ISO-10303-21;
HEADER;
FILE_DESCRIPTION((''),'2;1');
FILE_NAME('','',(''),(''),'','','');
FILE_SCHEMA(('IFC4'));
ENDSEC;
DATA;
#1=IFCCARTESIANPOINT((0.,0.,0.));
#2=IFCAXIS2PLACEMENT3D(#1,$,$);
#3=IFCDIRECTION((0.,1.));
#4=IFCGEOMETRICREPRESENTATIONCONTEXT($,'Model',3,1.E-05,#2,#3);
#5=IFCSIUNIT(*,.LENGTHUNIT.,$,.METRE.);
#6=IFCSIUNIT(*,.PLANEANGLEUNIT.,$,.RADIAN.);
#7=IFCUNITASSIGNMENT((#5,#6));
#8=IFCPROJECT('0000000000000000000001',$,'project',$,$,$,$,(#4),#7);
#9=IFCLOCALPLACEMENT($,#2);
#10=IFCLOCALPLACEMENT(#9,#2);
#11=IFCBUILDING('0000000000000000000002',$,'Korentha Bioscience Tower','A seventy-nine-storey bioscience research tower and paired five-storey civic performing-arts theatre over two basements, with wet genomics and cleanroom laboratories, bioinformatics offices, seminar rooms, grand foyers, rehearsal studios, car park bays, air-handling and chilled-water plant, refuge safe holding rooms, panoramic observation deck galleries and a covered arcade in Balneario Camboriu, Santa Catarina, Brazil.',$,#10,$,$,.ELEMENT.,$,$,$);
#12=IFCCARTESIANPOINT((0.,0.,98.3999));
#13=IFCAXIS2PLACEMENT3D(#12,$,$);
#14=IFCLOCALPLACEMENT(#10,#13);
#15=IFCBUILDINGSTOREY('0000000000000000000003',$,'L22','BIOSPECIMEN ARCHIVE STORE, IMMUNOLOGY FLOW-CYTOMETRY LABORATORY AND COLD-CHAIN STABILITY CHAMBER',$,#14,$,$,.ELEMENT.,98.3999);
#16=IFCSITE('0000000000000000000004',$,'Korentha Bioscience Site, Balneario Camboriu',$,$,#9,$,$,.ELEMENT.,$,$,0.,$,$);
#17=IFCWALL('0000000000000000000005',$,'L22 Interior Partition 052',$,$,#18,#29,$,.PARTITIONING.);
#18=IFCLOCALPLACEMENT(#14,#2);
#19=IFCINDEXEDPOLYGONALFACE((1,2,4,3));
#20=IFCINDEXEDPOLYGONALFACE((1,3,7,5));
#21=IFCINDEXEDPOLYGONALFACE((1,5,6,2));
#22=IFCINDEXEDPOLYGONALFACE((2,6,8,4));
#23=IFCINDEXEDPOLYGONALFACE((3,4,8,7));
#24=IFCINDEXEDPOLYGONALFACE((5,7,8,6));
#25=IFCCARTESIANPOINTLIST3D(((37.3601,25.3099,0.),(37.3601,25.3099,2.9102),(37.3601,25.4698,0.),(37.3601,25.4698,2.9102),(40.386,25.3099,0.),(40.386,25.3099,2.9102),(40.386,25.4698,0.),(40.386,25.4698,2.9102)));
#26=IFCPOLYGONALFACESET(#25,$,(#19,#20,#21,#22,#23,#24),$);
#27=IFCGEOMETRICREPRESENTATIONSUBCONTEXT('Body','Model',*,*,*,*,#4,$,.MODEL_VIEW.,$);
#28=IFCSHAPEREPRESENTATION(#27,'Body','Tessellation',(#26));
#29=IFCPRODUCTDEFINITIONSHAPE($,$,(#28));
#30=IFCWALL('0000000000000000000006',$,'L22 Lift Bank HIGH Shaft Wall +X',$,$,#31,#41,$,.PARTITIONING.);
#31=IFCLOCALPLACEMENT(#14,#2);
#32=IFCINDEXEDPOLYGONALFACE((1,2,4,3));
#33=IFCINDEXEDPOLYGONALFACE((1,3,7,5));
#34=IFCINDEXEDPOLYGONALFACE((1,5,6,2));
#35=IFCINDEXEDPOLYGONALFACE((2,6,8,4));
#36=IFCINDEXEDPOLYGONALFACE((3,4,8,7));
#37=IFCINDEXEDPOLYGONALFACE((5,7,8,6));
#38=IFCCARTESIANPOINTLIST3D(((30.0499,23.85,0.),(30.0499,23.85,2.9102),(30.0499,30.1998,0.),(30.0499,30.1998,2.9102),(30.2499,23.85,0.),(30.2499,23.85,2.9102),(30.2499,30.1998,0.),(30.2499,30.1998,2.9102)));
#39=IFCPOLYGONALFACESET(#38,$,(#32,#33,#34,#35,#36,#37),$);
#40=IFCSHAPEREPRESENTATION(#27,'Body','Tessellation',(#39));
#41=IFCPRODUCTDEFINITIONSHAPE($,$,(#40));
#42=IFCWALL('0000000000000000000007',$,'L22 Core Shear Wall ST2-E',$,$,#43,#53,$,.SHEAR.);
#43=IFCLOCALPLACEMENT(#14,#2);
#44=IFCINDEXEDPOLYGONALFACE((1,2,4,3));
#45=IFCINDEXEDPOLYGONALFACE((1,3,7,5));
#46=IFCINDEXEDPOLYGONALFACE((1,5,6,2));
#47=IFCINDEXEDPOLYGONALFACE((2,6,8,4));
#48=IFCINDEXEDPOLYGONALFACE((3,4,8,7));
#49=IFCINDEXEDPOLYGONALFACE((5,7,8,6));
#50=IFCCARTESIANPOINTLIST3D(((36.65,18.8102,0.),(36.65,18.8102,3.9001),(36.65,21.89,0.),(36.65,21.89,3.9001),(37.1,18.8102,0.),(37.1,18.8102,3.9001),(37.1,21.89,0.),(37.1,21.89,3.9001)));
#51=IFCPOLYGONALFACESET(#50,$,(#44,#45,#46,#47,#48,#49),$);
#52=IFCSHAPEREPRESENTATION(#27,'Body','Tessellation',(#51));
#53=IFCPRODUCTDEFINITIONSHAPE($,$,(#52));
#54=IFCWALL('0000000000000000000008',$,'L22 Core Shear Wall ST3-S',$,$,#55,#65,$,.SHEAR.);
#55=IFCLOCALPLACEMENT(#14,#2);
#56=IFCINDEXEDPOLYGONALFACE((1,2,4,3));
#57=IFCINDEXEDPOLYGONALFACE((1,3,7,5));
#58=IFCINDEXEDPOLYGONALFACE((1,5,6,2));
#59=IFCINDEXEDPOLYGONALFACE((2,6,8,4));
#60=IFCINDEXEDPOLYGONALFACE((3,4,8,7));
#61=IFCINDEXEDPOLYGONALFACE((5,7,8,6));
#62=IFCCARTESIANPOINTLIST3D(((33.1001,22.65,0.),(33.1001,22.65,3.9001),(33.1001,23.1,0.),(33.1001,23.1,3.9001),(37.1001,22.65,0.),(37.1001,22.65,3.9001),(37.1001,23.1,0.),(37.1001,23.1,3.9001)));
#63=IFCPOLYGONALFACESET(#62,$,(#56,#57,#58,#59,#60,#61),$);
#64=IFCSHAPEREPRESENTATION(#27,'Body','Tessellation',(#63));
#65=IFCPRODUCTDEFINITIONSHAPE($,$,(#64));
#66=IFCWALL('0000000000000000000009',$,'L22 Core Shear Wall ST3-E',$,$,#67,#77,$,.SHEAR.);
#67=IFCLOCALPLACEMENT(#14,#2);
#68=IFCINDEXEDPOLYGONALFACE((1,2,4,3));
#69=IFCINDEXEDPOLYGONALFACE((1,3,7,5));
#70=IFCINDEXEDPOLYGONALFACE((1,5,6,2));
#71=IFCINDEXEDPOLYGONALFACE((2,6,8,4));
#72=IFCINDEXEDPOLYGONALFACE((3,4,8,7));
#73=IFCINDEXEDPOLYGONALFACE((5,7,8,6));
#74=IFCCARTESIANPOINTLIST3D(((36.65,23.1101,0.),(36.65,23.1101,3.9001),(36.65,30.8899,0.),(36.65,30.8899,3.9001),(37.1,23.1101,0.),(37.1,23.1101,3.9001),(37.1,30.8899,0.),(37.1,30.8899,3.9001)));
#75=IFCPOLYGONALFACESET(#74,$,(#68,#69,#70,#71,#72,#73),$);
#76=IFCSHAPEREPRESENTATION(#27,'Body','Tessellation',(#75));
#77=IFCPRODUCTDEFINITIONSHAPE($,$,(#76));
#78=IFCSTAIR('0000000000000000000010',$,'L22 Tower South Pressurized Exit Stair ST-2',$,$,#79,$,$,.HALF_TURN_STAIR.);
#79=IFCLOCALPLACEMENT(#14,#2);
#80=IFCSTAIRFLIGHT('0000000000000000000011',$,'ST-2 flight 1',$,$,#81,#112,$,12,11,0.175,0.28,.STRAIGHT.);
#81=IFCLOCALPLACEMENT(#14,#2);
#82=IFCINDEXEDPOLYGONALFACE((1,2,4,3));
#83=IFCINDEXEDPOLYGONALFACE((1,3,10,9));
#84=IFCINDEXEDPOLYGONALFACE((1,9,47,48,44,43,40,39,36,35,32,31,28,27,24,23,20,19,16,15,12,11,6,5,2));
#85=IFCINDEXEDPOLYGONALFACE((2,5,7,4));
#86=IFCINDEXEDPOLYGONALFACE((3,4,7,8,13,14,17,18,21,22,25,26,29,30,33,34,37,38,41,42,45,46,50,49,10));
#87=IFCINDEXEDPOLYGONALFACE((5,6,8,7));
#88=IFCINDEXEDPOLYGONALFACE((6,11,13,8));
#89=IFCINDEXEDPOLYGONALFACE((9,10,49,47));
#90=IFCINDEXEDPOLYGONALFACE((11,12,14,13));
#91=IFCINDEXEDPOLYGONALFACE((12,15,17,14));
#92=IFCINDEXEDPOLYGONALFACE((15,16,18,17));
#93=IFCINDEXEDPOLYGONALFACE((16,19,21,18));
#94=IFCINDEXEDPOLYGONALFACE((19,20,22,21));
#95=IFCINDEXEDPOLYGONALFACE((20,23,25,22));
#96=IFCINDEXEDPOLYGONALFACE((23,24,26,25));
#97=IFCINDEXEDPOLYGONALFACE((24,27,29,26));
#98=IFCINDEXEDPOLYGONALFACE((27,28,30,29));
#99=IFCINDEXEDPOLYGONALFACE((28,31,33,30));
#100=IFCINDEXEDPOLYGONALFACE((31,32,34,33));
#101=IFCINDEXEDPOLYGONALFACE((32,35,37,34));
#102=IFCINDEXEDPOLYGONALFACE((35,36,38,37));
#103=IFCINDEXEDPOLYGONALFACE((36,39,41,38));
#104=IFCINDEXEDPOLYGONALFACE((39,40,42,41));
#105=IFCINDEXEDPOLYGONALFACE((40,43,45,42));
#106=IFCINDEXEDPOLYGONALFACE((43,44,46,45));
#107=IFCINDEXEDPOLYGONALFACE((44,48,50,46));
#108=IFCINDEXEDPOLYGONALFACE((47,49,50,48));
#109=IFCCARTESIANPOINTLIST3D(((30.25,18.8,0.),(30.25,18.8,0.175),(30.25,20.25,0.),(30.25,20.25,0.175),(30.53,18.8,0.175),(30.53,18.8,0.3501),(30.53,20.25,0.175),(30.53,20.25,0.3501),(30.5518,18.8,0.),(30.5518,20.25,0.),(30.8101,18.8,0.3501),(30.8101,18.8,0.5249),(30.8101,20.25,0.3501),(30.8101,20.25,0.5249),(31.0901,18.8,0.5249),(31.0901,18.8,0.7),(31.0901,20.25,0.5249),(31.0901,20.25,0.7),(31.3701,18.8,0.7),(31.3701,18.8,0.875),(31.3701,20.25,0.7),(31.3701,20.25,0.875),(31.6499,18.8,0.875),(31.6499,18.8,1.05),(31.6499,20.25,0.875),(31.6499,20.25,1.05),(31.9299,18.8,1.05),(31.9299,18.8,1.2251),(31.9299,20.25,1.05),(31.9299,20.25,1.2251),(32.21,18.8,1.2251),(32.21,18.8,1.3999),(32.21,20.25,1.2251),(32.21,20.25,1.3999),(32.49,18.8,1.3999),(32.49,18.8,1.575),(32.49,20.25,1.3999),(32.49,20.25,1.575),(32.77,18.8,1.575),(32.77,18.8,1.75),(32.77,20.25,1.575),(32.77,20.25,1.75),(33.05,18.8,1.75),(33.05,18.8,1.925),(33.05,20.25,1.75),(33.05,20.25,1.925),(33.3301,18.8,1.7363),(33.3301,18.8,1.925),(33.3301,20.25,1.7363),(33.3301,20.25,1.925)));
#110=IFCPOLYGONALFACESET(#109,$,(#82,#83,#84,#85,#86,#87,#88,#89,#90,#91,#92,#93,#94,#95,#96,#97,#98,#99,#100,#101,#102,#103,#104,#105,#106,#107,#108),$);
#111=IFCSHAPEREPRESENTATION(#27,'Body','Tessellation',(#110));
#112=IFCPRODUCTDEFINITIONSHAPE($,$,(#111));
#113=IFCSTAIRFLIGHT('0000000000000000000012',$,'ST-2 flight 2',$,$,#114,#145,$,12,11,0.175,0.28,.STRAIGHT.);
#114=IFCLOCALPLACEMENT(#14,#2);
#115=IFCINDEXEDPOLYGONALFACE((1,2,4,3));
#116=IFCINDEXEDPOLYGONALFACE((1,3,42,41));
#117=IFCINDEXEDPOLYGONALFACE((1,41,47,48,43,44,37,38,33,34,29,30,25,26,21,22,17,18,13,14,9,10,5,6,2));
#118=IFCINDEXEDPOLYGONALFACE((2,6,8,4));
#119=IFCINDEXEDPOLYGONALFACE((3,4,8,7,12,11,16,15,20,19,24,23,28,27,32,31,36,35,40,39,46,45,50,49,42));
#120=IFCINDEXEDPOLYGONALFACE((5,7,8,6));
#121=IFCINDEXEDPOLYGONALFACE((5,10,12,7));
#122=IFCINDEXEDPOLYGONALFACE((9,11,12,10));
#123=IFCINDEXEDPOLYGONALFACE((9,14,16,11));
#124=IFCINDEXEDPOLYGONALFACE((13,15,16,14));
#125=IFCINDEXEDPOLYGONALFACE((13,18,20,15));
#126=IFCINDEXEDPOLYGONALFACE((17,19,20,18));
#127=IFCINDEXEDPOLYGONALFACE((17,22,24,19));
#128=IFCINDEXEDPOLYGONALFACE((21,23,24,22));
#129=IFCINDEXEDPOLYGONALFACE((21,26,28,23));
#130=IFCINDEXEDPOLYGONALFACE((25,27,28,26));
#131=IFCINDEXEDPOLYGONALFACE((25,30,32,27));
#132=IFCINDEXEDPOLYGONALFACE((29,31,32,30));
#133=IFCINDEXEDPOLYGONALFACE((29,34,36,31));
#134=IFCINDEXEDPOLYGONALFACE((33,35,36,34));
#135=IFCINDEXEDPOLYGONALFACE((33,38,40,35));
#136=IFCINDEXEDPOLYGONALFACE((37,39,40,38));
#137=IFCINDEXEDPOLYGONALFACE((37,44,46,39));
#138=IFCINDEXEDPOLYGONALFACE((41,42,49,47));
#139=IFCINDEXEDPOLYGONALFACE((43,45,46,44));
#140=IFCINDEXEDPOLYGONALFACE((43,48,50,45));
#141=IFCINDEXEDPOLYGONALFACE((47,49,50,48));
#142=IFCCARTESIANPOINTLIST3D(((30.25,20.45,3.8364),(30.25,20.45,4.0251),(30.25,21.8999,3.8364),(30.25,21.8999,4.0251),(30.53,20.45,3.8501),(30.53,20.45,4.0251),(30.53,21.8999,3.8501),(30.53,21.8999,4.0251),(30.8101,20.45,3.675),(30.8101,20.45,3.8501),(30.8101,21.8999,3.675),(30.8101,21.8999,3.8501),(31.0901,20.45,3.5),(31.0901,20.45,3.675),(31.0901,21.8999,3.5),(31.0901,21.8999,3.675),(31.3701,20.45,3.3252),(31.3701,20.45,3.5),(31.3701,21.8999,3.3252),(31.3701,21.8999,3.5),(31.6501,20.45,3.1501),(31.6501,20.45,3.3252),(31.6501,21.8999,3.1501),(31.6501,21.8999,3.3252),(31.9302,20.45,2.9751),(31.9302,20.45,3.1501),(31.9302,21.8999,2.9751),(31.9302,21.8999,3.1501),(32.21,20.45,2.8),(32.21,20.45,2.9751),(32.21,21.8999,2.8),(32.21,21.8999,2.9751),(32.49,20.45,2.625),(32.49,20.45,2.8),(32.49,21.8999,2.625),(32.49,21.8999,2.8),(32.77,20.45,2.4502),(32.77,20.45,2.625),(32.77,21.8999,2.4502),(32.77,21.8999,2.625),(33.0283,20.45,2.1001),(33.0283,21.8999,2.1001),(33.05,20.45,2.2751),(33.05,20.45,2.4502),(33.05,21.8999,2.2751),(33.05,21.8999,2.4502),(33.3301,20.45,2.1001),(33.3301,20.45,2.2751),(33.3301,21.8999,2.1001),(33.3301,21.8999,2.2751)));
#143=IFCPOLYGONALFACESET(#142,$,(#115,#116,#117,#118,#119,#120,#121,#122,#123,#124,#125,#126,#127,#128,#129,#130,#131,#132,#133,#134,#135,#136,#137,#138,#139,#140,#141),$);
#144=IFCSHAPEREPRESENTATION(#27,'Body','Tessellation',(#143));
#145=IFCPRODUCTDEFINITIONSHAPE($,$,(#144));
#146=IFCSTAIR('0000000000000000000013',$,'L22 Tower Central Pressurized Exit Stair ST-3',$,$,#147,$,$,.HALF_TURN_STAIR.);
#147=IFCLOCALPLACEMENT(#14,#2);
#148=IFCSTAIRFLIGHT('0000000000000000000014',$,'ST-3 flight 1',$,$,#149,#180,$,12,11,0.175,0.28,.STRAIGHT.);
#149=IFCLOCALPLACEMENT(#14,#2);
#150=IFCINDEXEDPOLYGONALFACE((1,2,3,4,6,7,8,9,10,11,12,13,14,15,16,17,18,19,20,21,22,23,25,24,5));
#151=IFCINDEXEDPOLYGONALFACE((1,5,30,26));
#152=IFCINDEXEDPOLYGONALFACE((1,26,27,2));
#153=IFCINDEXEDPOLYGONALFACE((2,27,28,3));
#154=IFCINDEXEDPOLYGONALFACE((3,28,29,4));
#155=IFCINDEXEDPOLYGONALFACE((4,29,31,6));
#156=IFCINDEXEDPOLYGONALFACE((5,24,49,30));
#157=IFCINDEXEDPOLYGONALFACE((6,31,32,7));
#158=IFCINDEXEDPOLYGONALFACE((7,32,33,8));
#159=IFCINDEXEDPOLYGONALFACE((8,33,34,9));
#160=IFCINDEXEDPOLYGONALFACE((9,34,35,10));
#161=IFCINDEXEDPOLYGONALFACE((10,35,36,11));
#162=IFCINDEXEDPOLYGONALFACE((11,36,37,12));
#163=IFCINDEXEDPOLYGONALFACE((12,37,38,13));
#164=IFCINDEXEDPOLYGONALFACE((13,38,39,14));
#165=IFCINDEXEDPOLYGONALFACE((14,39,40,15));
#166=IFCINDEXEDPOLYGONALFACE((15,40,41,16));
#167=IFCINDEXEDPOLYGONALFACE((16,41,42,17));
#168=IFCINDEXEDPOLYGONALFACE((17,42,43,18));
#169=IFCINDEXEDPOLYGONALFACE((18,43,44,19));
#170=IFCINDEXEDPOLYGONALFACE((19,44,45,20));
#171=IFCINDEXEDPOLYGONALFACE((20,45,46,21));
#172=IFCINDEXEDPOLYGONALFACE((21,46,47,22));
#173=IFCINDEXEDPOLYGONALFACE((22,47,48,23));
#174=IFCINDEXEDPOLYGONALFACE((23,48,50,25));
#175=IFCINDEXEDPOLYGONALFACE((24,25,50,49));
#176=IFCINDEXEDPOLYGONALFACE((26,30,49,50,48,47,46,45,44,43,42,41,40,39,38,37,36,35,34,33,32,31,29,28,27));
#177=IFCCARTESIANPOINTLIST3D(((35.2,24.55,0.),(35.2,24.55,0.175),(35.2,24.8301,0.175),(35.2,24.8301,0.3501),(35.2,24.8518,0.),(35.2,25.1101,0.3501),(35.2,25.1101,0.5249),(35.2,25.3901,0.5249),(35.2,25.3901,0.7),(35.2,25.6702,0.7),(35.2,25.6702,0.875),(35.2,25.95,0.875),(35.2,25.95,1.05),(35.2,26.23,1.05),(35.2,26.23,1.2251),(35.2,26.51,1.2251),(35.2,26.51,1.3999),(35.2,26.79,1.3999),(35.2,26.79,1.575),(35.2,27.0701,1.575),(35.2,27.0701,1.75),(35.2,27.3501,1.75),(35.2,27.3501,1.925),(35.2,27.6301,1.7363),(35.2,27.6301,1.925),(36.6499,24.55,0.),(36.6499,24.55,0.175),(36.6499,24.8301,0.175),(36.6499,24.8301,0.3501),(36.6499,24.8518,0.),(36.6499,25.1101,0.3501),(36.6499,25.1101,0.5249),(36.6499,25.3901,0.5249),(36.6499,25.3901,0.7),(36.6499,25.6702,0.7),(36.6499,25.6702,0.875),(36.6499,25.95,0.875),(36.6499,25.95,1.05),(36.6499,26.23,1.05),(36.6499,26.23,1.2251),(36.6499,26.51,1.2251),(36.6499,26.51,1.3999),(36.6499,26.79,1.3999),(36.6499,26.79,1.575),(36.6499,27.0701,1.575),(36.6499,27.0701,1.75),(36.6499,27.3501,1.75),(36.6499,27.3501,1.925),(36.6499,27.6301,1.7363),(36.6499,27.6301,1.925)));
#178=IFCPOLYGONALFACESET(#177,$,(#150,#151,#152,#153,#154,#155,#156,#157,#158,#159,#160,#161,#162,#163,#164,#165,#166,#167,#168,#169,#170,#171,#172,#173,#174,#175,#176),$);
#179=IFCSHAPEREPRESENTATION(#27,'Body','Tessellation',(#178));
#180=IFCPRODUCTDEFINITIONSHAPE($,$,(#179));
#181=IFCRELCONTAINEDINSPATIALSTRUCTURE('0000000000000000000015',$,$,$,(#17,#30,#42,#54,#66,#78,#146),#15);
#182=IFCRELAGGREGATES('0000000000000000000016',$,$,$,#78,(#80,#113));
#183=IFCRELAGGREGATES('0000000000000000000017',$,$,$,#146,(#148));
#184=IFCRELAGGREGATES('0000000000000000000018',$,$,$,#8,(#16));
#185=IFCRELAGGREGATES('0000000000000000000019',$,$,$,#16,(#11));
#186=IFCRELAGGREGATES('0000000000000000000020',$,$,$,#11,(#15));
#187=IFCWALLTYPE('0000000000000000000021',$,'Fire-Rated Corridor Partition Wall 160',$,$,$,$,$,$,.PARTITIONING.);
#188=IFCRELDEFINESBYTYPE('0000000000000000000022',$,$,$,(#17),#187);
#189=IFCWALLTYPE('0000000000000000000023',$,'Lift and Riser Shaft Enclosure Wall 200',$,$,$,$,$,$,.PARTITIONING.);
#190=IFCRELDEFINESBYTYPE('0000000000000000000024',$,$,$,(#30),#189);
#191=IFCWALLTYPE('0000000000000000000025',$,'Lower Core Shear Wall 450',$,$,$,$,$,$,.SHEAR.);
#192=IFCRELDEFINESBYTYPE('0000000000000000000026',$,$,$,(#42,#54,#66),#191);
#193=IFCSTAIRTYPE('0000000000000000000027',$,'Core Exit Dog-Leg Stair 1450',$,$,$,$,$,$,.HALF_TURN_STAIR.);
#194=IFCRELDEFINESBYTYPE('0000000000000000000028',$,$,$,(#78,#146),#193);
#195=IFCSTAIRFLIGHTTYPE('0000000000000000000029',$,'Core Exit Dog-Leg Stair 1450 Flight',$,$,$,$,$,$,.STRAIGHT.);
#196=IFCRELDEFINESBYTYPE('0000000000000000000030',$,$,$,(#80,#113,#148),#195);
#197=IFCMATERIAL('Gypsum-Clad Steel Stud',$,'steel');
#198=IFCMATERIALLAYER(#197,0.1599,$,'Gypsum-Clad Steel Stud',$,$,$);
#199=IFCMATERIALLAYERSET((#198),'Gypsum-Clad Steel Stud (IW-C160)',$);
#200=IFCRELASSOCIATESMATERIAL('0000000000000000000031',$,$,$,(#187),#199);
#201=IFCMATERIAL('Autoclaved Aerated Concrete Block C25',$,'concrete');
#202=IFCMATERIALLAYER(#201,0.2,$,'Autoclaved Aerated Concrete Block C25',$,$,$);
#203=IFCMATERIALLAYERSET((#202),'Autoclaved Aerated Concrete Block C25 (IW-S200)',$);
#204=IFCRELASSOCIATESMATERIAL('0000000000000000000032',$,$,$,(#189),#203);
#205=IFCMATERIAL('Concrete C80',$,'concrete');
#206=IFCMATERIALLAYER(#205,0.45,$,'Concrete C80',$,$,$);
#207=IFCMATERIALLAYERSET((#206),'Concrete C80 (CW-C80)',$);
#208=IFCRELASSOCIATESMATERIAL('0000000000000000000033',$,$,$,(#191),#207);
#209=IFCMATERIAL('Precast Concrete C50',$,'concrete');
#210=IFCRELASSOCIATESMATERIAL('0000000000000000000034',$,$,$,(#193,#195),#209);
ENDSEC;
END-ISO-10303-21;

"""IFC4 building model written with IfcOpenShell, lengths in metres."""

from ifc_helpers import new_model, si_unit, direction, frame, frame_2d, origin, place, context, subcontext, project, spatial, polyline, rectangle, outline, extrude, material, layer, layer_set, type_object, element, aggregate, save


model = new_model("IFC4")

# Units and contexts
model_context = context("Model", 3, precision=1e-05, world=origin(), true_north=direction((0.0, 1.0)))
body_context = subcontext(model_context, "Body", "Model", "MODEL_VIEW")
ifc_project = project(units=[si_unit("LENGTHUNIT", "METRE"), si_unit("PLANEANGLEUNIT", "RADIAN")], contexts=[model_context])

# Site, building, storey
site_placement = place(None, origin())
site = spatial("IfcSite", under=ifc_project, at=site_placement, Name="Korentha Bioscience Site, Balneario Camboriu", CompositionType="ELEMENT", RefElevation=0.0)
building_placement = place(site_placement, origin())
building = spatial("IfcBuilding", under=site, at=building_placement, Name="Korentha Bioscience Tower", Description="A seventy-nine-storey bioscience research tower and paired five-storey civic performing-arts theatre over two basements, with wet genomics and cleanroom laboratories, bioinformatics offices, seminar rooms, grand foyers, rehearsal studios, car park bays, air-handling and chilled-water plant, refuge safe holding rooms, panoramic observation deck galleries and a covered arcade in Balneario Camboriu, Santa Catarina, Brazil.", CompositionType="ELEMENT")
storey_placement = place(building_placement, frame((0.0, 0.0, 98.3999)))
storey = spatial("IfcBuildingStorey", under=building, at=storey_placement, Name="L22", Description="BIOSPECIMEN ARCHIVE STORE, IMMUNOLOGY FLOW-CYTOMETRY LABORATORY AND COLD-CHAIN STABILITY CHAMBER", CompositionType="ELEMENT", Elevation=98.3999)

# Walls
ifc_material_1 = material(Name="Gypsum-Clad Steel Stud", Category="steel")
ifc_layer_1 = layer(ifc_material_1, 0.1599, Name="Gypsum-Clad Steel Stud")
ifc_layer_set_1 = layer_set([ifc_layer_1], Name="Gypsum-Clad Steel Stud (IW-C160)")
wall_type_1 = type_object("IfcWallType", Name="Fire-Rated Corridor Partition Wall 160", PredefinedType="PARTITIONING", material=ifc_layer_set_1)
wall_1_placement = place(storey_placement, frame((37.3601, 25.3899, 0.0), z_axis=(0.0, 0.0, 1.0), x_axis=(1.0, 0.0, 0.0)))
element("IfcWall", 1, at=wall_1_placement, inside=storey, type_object=wall_type_1, Name="L22 Interior Partition 052", PredefinedType="PARTITIONING", context=body_context, shape_type="SweptSolid", body=[
    extrude(rectangle(XDim=3.0259, YDim=0.1599, at=frame_2d((1.5129, 0.0))), origin(), (0.0, 0.0, 1.0), 2.9102),
])
ifc_material_2 = material(Name="Autoclaved Aerated Concrete Block C25", Category="concrete")
ifc_layer_2 = layer(ifc_material_2, 0.2, Name="Autoclaved Aerated Concrete Block C25")
ifc_layer_set_2 = layer_set([ifc_layer_2], Name="Autoclaved Aerated Concrete Block C25 (IW-S200)")
wall_type_2 = type_object("IfcWallType", Name="Lift and Riser Shaft Enclosure Wall 200", PredefinedType="PARTITIONING", material=ifc_layer_set_2)
wall_2_placement = place(storey_placement, frame((30.1499, 23.8501, 0.0), z_axis=(0.0, 0.0, 1.0), x_axis=(0.0, 1.0, 0.0)))
element("IfcWall", 2, at=wall_2_placement, inside=storey, type_object=wall_type_2, Name="L22 Lift Bank HIGH Shaft Wall +X", PredefinedType="PARTITIONING", context=body_context, shape_type="SweptSolid", body=[
    extrude(rectangle(XDim=6.3499, YDim=0.2, at=frame_2d((3.1748, 0.0))), origin(), (0.0, 0.0, 1.0), 2.9102),
])
ifc_material_3 = material(Name="Concrete C80", Category="concrete")
ifc_layer_3 = layer(ifc_material_3, 0.45, Name="Concrete C80")
ifc_layer_set_3 = layer_set([ifc_layer_3], Name="Concrete C80 (CW-C80)")
wall_type_3 = type_object("IfcWallType", Name="Lower Core Shear Wall 450", PredefinedType="SHEAR", material=ifc_layer_set_3)
wall_3_placement = place(storey_placement, frame((36.875, 18.8101, 0.0), z_axis=(0.0, 0.0, 1.0), x_axis=(0.0, 1.0, 0.0)))
element("IfcWall", 3, at=wall_3_placement, inside=storey, type_object=wall_type_3, Name="L22 Core Shear Wall ST2-E", PredefinedType="SHEAR", context=body_context, shape_type="SweptSolid", body=[
    extrude(rectangle(XDim=3.0798, YDim=0.45, at=frame_2d((1.54, 0.0))), origin(), (0.0, 0.0, 1.0), 3.9001),
])
wall_4_placement = place(storey_placement, frame((33.1001, 22.875, 0.0), z_axis=(0.0, 0.0, 1.0), x_axis=(1.0, 0.0, 0.0)))
element("IfcWall", 4, at=wall_4_placement, inside=storey, type_object=wall_type_3, Name="L22 Core Shear Wall ST3-S", PredefinedType="SHEAR", context=body_context, shape_type="SweptSolid", body=[
    extrude(rectangle(XDim=4.0, YDim=0.45, at=frame_2d((2.0, 0.0))), origin(), (0.0, 0.0, 1.0), 3.9001),
])
wall_5_placement = place(storey_placement, frame((36.875, 23.1101, 0.0), z_axis=(0.0, 0.0, 1.0), x_axis=(0.0, 1.0, 0.0)))
element("IfcWall", 5, at=wall_5_placement, inside=storey, type_object=wall_type_3, Name="L22 Core Shear Wall ST3-E", PredefinedType="SHEAR", context=body_context, shape_type="SweptSolid", body=[
    extrude(rectangle(XDim=7.7798, YDim=0.45, at=frame_2d((3.8899, 0.0))), origin(), (0.0, 0.0, 1.0), 3.9001),
])

# Stair, stair flights
ifc_material_4 = material(Name="Precast Concrete C50", Category="concrete")
stair_type = type_object("IfcStairType", Name="Core Exit Dog-Leg Stair 1450", PredefinedType="HALF_TURN_STAIR", material=ifc_material_4)
stair_1_placement = place(storey_placement, origin())
stair_1 = element("IfcStair", 6, at=stair_1_placement, inside=storey, type_object=stair_type, Name="L22 Tower South Pressurized Exit Stair ST-2", PredefinedType="HALF_TURN_STAIR")
stair_flight_type = type_object("IfcStairFlightType", Name="Core Exit Dog-Leg Stair 1450 Flight", PredefinedType="STRAIGHT", material=ifc_material_4)
stair_flight_1_placement = place(storey_placement, frame((30.25, 19.5249, 0.0), z_axis=(0.0, 0.0, 1.0), x_axis=(1.0, 0.0, 0.0)))
stair_flight_1 = element("IfcStairFlight", 7, at=stair_flight_1_placement, type_object=stair_flight_type, Name="ST-2 flight 1", NumberOfRisers=12, NumberOfTreads=11, PredefinedType="STRAIGHT", RiserHeight=0.175, TreadLength=0.28, context=body_context, shape_type="SweptSolid", body=[
    extrude(outline(polyline([(0.0, 0.0), (0.0, 0.175), (0.28, 0.175), (0.28, 0.3501), (0.5601, 0.3501), (0.5601, 0.5249), (0.8401, 0.5249), (0.8401, 0.7), (1.1201, 0.7), (1.1201, 0.875), (1.3999, 0.875), (1.3999, 1.05), (1.6799, 1.05), (1.6799, 1.2251), (1.96, 1.2251), (1.96, 1.3999), (2.24, 1.3999), (2.24, 1.575), (2.52, 1.575), (2.52, 1.75), (2.8, 1.75), (2.8, 1.925), (3.0801, 1.925), (3.0801, 2.1001), (3.0801, 1.7363), (0.3018, 0.0), (0.0, 0.0)])), frame((0.0, 0.7251, 0.0), z_axis=(0.0, -1.0, 0.0), x_axis=(1.0, 0.0, 0.0)), (0.0, 0.0, 1.0), 1.45),
])
stair_flight_2_placement = place(storey_placement, frame((33.3301, 21.175, 2.1001), z_axis=(0.0, 0.0, 1.0), x_axis=(-1.0, 0.0, 0.0)))
stair_flight_2 = element("IfcStairFlight", 8, at=stair_flight_2_placement, type_object=stair_flight_type, Name="ST-2 flight 2", NumberOfRisers=12, NumberOfTreads=11, PredefinedType="STRAIGHT", RiserHeight=0.175, TreadLength=0.28, context=body_context, shape_type="SweptSolid", body=[
    extrude(outline(polyline([(0.0, 0.0), (0.0, 0.175), (0.28, 0.175), (0.28, 0.3501), (0.5601, 0.3501), (0.5601, 0.5249), (0.8401, 0.5249), (0.8401, 0.7), (1.1201, 0.7), (1.1201, 0.875), (1.3999, 0.875), (1.3999, 1.05), (1.6799, 1.05), (1.6799, 1.2251), (1.96, 1.2251), (1.96, 1.3999), (2.24, 1.3999), (2.24, 1.575), (2.52, 1.575), (2.52, 1.75), (2.8, 1.75), (2.8, 1.925), (3.0801, 1.925), (3.0801, 2.1001), (3.0801, 1.7363), (0.3018, 0.0), (0.0, 0.0)])), frame((0.0, 0.7251, 0.0), z_axis=(0.0, -1.0, 0.0), x_axis=(1.0, 0.0, 0.0)), (0.0, 0.0, 1.0), 1.45),
])
aggregate(stair_1, [stair_flight_1, stair_flight_2])

# Stair, stair flight
stair_2_placement = place(storey_placement, origin())
stair_2 = element("IfcStair", 9, at=stair_2_placement, inside=storey, type_object=stair_type, Name="L22 Tower Central Pressurized Exit Stair ST-3", PredefinedType="HALF_TURN_STAIR")
stair_flight_3_placement = place(storey_placement, frame((35.925, 24.55, 0.0), z_axis=(0.0, 0.0, 1.0), x_axis=(0.0, 1.0, 0.0)))
stair_flight_3 = element("IfcStairFlight", 10, at=stair_flight_3_placement, type_object=stair_flight_type, Name="ST-3 flight 1", NumberOfRisers=12, NumberOfTreads=11, PredefinedType="STRAIGHT", RiserHeight=0.175, TreadLength=0.28, context=body_context, shape_type="SweptSolid", body=[
    extrude(outline(polyline([(0.0, 0.0), (0.0, 0.175), (0.28, 0.175), (0.28, 0.3501), (0.5601, 0.3501), (0.5601, 0.5249), (0.8401, 0.5249), (0.8401, 0.7), (1.1201, 0.7), (1.1201, 0.875), (1.3999, 0.875), (1.3999, 1.05), (1.6799, 1.05), (1.6799, 1.2251), (1.96, 1.2251), (1.96, 1.3999), (2.24, 1.3999), (2.24, 1.575), (2.52, 1.575), (2.52, 1.75), (2.8, 1.75), (2.8, 1.925), (3.0801, 1.925), (3.0801, 2.1001), (3.0801, 1.7363), (0.3018, 0.0), (0.0, 0.0)])), frame((0.0, 0.7251, 0.0), z_axis=(0.0, -1.0, 0.0), x_axis=(1.0, 0.0, 0.0)), (0.0, 0.0, 1.0), 1.45),
])
aggregate(stair_2, [stair_flight_3])

save(model, "model.ifc")
